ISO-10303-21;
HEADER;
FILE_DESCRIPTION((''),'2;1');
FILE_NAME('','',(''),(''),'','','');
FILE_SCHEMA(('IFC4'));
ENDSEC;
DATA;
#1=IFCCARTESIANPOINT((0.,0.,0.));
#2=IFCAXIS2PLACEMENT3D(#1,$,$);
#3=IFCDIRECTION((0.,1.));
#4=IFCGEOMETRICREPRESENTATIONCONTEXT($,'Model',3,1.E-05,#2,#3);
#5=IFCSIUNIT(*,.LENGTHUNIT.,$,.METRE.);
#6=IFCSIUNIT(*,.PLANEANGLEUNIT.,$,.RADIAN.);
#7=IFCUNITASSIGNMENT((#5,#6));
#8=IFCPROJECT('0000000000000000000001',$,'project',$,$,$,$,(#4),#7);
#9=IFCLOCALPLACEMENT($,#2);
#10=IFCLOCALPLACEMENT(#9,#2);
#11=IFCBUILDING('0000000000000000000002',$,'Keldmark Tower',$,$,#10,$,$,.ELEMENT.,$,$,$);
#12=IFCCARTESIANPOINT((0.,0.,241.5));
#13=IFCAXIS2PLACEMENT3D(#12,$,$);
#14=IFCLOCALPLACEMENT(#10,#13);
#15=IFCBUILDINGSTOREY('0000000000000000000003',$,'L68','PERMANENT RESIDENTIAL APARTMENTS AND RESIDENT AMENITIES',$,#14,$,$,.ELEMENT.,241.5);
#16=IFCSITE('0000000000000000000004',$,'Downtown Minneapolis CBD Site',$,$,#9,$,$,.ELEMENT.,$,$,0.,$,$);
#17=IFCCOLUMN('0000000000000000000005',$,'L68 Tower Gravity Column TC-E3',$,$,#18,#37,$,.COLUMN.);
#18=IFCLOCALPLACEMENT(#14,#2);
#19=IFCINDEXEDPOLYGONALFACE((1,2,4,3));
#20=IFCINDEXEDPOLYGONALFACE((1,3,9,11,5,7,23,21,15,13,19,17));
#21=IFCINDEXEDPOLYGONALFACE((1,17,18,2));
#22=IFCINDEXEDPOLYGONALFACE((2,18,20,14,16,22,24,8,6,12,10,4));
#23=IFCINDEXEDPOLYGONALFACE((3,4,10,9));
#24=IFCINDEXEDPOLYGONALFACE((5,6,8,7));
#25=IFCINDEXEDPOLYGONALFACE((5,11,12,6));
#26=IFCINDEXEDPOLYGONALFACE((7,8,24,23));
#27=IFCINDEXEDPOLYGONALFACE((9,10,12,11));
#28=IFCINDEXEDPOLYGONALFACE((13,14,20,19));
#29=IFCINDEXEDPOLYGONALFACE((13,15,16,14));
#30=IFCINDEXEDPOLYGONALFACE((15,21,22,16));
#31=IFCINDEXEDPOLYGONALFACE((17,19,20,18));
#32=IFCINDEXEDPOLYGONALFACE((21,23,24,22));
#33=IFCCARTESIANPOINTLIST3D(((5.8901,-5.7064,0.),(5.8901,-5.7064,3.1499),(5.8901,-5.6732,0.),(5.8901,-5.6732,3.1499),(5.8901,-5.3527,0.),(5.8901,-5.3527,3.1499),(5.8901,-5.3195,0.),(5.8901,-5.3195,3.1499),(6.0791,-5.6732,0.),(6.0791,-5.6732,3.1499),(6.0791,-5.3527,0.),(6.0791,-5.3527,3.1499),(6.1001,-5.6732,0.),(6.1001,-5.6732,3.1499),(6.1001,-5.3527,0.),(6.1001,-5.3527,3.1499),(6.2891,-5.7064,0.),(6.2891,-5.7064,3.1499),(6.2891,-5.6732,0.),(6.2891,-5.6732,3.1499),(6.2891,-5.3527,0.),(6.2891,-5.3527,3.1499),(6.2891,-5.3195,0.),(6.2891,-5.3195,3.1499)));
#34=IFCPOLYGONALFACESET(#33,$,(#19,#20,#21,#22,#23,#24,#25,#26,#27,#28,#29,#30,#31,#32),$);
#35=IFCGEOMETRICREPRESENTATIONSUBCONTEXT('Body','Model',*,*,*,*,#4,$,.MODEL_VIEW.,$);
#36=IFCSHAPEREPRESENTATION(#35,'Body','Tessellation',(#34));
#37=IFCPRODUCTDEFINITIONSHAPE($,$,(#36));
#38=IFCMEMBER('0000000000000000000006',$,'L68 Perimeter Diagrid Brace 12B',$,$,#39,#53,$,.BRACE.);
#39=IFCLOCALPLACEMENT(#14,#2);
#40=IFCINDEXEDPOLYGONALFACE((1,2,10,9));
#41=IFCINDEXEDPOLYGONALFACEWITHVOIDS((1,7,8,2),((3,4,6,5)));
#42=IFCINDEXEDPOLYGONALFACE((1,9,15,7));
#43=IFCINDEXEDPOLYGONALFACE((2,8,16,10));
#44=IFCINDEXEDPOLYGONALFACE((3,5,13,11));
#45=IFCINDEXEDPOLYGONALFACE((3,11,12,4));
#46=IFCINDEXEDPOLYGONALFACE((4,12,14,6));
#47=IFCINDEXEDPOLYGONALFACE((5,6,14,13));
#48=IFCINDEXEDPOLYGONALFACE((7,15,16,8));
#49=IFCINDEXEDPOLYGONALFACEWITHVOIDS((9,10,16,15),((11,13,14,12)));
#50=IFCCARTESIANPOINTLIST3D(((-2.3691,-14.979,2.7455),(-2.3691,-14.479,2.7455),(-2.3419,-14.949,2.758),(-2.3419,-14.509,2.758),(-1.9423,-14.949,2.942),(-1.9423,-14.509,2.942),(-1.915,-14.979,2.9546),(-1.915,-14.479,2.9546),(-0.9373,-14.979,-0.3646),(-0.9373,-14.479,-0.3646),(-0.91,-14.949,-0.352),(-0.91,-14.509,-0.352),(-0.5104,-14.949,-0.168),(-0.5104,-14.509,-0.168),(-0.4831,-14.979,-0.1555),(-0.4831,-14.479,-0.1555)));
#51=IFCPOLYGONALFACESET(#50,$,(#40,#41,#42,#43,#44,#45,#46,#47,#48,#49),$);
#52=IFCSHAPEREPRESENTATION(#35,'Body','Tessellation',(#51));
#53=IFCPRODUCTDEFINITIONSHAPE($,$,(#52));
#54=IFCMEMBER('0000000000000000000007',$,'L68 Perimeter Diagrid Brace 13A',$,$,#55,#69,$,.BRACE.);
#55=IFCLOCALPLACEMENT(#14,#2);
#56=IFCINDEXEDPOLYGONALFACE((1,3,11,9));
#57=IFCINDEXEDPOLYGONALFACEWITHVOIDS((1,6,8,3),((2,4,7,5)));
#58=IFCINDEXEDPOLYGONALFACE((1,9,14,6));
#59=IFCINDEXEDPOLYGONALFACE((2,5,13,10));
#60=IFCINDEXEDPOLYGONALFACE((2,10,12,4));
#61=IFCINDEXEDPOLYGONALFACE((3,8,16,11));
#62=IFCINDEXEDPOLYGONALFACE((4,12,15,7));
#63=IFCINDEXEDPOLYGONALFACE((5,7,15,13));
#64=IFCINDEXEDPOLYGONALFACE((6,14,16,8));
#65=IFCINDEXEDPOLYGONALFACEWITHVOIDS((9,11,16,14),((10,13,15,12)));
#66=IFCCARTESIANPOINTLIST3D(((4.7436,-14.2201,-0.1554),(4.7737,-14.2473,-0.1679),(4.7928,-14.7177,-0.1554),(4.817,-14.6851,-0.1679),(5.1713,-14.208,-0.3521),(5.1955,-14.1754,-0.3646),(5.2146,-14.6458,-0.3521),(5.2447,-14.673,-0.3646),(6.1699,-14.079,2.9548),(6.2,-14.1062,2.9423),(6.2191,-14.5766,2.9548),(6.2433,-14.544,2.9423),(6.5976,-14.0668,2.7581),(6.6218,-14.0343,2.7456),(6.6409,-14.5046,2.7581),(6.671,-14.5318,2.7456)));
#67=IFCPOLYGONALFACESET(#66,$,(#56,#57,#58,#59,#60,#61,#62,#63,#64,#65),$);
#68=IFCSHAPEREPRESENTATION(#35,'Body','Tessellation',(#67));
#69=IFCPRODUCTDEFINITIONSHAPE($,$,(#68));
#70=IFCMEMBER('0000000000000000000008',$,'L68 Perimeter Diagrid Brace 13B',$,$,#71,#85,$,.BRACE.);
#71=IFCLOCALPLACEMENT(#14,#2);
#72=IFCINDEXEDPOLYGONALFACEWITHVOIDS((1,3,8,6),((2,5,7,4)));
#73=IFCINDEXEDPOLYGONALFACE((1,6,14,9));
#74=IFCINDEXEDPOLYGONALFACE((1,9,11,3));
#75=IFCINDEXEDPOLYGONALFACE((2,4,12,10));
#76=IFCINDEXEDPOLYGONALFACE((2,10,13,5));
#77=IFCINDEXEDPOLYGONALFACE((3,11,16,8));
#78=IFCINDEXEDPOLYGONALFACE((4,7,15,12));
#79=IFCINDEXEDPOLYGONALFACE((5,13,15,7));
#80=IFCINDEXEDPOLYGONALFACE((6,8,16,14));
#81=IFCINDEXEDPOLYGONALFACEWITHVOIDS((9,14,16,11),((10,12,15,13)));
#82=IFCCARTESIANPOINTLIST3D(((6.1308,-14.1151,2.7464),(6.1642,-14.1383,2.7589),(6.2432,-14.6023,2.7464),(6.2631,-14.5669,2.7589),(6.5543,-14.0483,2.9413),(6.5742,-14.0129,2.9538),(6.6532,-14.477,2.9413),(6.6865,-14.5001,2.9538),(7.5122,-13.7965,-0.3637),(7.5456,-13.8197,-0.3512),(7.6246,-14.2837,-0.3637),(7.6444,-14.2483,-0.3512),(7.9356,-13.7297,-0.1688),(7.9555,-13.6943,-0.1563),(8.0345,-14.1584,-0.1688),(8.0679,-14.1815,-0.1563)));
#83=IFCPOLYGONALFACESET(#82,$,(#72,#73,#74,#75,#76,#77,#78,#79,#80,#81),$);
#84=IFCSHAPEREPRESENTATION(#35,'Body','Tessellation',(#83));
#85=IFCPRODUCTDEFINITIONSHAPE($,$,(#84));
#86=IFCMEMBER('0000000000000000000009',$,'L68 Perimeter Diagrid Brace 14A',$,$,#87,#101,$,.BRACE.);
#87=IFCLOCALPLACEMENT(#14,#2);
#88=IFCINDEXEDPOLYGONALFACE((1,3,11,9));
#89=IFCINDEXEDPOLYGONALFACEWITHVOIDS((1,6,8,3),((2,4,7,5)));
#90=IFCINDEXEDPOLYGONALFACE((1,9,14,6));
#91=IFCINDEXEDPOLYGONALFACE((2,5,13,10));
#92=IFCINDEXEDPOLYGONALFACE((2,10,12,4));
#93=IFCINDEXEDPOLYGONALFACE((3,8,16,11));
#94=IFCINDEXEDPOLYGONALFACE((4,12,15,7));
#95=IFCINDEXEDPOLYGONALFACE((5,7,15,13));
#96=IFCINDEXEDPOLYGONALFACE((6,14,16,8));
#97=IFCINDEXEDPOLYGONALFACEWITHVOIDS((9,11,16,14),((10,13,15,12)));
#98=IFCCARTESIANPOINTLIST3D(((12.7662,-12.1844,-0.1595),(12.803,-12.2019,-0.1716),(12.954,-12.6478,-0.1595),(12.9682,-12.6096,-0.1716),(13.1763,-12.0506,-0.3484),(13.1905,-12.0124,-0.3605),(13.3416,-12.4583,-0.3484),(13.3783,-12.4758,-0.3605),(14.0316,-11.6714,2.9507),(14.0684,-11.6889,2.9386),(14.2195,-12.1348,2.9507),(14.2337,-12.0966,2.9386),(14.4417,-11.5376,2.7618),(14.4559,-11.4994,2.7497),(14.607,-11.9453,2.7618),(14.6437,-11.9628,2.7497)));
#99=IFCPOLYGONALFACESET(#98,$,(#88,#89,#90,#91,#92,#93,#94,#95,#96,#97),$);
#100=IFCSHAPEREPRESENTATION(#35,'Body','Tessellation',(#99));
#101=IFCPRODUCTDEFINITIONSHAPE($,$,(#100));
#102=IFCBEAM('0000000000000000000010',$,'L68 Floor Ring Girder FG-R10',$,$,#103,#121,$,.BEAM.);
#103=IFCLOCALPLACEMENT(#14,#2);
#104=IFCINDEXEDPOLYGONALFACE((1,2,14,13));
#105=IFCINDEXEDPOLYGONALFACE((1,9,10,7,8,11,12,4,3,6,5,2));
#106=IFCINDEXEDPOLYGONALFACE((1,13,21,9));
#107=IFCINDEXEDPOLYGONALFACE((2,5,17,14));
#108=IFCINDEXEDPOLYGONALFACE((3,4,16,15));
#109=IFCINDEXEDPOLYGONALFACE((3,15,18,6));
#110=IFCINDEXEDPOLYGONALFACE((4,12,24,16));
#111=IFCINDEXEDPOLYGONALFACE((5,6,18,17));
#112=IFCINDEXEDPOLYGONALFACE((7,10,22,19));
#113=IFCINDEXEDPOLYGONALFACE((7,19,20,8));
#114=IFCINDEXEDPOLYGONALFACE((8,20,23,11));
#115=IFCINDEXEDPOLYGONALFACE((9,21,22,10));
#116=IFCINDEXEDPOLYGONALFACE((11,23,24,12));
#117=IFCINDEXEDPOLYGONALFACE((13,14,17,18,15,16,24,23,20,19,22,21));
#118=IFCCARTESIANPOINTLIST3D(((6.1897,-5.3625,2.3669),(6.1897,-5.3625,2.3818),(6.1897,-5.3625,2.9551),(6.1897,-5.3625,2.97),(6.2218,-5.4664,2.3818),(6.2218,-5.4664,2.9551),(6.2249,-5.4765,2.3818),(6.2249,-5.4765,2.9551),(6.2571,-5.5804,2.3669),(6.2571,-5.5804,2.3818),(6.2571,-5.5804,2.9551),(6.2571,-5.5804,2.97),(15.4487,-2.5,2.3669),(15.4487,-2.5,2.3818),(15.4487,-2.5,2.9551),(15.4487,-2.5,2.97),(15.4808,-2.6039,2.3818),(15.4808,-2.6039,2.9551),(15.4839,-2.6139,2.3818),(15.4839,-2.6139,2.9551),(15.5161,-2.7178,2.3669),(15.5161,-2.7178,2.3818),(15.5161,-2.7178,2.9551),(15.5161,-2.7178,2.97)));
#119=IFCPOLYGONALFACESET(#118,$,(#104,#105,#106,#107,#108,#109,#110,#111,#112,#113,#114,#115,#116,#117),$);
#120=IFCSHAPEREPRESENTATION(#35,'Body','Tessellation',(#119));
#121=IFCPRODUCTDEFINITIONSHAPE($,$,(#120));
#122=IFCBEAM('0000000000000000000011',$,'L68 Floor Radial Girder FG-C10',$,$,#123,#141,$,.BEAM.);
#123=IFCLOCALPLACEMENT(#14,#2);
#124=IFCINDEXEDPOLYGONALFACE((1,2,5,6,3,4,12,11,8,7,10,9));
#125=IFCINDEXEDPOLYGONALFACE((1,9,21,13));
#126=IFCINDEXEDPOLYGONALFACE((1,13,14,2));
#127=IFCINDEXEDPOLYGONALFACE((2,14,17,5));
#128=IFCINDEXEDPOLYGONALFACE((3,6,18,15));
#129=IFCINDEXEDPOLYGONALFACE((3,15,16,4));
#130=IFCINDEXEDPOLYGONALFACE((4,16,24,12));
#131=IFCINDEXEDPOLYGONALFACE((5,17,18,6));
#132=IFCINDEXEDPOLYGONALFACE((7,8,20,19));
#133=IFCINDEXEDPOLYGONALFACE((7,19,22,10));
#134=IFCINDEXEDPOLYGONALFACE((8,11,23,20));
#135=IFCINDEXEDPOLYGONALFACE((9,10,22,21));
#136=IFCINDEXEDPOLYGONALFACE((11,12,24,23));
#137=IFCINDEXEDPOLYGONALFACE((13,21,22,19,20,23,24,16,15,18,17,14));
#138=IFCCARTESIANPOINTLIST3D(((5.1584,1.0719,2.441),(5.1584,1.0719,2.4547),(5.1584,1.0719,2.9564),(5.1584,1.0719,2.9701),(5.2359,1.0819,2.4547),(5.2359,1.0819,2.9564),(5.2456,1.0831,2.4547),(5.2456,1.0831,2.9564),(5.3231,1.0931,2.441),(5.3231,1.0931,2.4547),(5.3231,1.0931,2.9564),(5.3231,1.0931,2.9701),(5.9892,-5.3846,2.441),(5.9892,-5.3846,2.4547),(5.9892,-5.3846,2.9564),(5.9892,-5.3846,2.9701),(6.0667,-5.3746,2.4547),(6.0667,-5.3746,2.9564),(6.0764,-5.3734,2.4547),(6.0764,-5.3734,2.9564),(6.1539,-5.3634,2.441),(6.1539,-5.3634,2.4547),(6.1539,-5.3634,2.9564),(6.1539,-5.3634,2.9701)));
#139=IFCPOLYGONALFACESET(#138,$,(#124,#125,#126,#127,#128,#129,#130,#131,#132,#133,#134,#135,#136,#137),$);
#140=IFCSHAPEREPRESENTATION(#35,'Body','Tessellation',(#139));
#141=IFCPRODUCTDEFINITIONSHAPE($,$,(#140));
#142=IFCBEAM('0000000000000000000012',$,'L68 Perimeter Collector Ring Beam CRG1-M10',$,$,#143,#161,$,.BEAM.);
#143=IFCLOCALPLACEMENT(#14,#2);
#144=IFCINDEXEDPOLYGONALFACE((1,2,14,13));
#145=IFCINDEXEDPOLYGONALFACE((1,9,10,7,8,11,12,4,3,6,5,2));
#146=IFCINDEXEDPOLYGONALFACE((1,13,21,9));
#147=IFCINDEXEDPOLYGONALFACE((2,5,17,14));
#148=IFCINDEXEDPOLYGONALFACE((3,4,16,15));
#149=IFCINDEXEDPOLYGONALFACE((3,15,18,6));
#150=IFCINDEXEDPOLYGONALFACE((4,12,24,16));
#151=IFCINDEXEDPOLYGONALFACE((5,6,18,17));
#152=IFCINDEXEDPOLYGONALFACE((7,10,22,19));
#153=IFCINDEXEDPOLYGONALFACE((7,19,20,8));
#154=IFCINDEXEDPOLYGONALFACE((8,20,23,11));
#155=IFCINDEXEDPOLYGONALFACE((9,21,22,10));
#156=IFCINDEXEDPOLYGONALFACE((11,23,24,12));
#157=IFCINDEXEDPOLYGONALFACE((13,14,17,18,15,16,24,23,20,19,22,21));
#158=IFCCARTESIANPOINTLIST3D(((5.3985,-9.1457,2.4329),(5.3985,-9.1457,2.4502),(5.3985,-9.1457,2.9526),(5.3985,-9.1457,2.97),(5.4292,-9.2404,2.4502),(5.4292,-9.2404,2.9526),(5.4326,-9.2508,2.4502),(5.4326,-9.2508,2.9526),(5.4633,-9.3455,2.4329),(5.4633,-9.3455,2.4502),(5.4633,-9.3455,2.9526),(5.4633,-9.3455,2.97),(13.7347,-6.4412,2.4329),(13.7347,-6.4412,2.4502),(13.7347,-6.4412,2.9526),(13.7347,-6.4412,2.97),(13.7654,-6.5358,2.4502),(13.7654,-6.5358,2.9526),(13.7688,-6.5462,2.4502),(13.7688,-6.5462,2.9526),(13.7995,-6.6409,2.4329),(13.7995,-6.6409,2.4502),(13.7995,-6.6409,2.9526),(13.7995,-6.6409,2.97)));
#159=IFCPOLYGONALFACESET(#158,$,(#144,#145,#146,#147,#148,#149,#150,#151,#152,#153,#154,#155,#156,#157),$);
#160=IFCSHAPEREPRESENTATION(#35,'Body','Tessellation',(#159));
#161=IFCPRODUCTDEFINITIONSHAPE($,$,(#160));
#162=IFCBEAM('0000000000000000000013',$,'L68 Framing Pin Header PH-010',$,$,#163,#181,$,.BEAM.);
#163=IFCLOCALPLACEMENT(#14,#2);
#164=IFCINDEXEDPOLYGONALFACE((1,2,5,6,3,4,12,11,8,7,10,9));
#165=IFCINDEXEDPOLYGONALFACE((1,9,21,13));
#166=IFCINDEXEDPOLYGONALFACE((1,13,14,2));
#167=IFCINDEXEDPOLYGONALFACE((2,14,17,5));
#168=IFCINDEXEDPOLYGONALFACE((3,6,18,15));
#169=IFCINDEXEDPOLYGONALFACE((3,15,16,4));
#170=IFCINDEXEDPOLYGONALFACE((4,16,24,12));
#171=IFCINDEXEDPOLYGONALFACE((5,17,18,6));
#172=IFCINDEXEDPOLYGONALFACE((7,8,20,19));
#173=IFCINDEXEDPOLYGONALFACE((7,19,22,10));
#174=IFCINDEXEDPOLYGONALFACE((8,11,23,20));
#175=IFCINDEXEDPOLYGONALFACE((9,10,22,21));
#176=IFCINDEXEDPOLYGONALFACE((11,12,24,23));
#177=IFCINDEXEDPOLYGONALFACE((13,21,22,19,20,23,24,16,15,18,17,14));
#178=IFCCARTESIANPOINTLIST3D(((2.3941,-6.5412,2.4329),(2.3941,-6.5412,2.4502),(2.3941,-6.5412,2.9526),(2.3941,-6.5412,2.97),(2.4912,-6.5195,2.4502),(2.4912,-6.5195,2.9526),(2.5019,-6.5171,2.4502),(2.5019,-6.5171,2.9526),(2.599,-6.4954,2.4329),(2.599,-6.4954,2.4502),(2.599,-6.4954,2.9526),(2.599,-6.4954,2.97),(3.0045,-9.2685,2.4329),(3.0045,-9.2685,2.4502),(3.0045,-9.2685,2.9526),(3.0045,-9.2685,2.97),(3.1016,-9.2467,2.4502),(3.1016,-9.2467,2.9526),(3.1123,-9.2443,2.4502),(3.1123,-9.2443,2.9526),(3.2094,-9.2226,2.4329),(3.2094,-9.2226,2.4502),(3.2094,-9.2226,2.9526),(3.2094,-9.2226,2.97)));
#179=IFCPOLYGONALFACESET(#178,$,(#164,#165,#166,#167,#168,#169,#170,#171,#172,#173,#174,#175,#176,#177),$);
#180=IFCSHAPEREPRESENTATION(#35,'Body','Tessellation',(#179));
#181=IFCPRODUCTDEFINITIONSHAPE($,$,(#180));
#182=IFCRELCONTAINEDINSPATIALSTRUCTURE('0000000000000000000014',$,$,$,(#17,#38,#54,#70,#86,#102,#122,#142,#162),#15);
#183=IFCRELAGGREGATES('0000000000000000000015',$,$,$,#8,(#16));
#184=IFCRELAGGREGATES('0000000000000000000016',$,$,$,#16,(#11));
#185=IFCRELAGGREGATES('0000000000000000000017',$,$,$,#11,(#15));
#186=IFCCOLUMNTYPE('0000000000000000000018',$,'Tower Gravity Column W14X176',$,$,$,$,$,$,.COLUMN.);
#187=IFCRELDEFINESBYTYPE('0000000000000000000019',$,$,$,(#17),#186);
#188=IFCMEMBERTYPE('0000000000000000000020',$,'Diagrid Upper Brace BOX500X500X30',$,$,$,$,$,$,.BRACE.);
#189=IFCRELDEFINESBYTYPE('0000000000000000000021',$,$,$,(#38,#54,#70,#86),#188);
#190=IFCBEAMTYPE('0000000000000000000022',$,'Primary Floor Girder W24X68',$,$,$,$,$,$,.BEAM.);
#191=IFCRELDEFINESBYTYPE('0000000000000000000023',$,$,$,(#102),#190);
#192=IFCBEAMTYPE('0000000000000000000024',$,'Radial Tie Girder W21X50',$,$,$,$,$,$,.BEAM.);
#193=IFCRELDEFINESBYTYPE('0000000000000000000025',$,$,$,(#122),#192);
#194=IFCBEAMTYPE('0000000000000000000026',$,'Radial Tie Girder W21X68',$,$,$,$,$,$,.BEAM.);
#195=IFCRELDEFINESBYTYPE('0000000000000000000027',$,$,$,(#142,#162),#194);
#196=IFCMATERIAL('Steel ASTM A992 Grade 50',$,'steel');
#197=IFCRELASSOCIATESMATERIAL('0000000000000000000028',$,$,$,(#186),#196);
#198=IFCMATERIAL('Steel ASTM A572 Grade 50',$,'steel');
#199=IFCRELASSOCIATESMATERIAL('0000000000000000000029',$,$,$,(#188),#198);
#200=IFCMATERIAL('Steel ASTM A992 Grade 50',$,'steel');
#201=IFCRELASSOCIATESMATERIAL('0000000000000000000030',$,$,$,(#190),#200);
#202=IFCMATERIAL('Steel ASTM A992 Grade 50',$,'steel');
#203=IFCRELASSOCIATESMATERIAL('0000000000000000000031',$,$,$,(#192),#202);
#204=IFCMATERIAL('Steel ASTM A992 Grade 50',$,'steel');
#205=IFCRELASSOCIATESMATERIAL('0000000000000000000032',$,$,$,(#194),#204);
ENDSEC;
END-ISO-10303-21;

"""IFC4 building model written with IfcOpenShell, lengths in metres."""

from ifc_helpers import new_model, si_unit, direction, frame, origin, origin_2d, place, context, subcontext, project, spatial, hollow_rectangle, i_section, extrude, material, material_profile, profile_set, type_object, element, save


model = new_model("IFC4")

# Units and contexts
model_context = context("Model", 3, precision=1e-05, world=origin(), true_north=direction((0.0, 1.0)))
body_context = subcontext(model_context, "Body", "Model", "MODEL_VIEW")
ifc_project = project(units=[si_unit("LENGTHUNIT", "METRE"), si_unit("PLANEANGLEUNIT", "RADIAN")], contexts=[model_context])

# Site, building, storey
site_placement = place(None, origin())
site = spatial("IfcSite", under=ifc_project, at=site_placement, Name="Downtown Minneapolis CBD Site", CompositionType="ELEMENT", RefElevation=0.0)
building_placement = place(site_placement, origin())
building = spatial("IfcBuilding", under=site, at=building_placement, Name="Keldmark Tower", CompositionType="ELEMENT")
storey_placement = place(building_placement, frame((0.0, 0.0, 241.5)))
storey = spatial("IfcBuildingStorey", under=building, at=storey_placement, Name="L68", Description="PERMANENT RESIDENTIAL APARTMENTS AND RESIDENT AMENITIES", CompositionType="ELEMENT", Elevation=241.5)

# Column
ifc_material_1 = material(Name="Steel ASTM A992 Grade 50", Category="steel")
ifc_material_profile_1 = material_profile(ifc_material_1, i_section(OverallWidth=0.3989, OverallDepth=0.387, WebThickness=0.021, FlangeThickness=0.0332, at=origin_2d()), Name="W14X176")
ifc_profile_set_1 = profile_set([ifc_material_profile_1], Name="Steel ASTM A992 Grade 50")
column_type = type_object("IfcColumnType", Name="Tower Gravity Column W14X176", PredefinedType="COLUMN", material=ifc_profile_set_1)
column_placement = place(storey_placement, frame((6.0896, -5.5129, 0.0), z_axis=(0.0, 0.0, 1.0), x_axis=(1.0, 0.0, 0.0)))
element("IfcColumn", 1, at=column_placement, inside=storey, type_object=column_type, Name="L68 Tower Gravity Column TC-E3", PredefinedType="COLUMN", context=body_context, shape_type="SweptSolid", body=[
    extrude(i_section(OverallWidth=0.3989, OverallDepth=0.387, WebThickness=0.021, FlangeThickness=0.0332, at=origin_2d()), origin(), (0.0, 0.0, 1.0), 3.1499),
])

# Members
ifc_material_2 = material(Name="Steel ASTM A572 Grade 50", Category="steel")
ifc_material_profile_2 = material_profile(ifc_material_2, hollow_rectangle(XDim=0.5, YDim=0.5, WallThickness=0.03, at=origin_2d()), Name="BOX500X500X30")
ifc_profile_set_2 = profile_set([ifc_material_profile_2], Name="Steel ASTM A572 Grade 50")
member_type = type_object("IfcMemberType", Name="Diagrid Upper Brace BOX500X500X30", PredefinedType="BRACE", material=ifc_profile_set_2)
member_1_placement = place(storey_placement, frame((-0.7102, -14.729, -0.26), z_axis=(-0.418203, 0.0, 0.908353), x_axis=(0.0, -1.0, 0.0)))
element("IfcMember", 2, at=member_1_placement, inside=storey, type_object=member_type, Name="L68 Perimeter Diagrid Brace 12B", PredefinedType="BRACE", context=body_context, shape_type="SweptSolid", body=[
    extrude(hollow_rectangle(XDim=0.5, YDim=0.5, WallThickness=0.03, at=origin_2d()), origin(), (0.0, 0.0, 1.0), 3.4238),
])
member_2_placement = place(storey_placement, frame((4.9941, -14.4465, -0.26), z_axis=(0.416495, 0.041207, 0.908204), x_axis=(-0.098458, 0.995141, 0.0)))
element("IfcMember", 3, at=member_2_placement, inside=storey, type_object=member_type, Name="L68 Perimeter Diagrid Brace 13A", PredefinedType="BRACE", context=body_context, shape_type="SweptSolid", body=[
    extrude(hollow_rectangle(XDim=0.5, YDim=0.5, WallThickness=0.03, at=origin_2d()), origin(), (0.0, 0.0, 1.0), 3.4246),
])
member_3_placement = place(storey_placement, frame((7.79, -13.989, -0.26), z_axis=(-0.404145, -0.093215, 0.909933), x_axis=(0.224746, -0.974417, 0.0)))
element("IfcMember", 4, at=member_3_placement, inside=storey, type_object=member_type, Name="L68 Perimeter Diagrid Brace 13B", PredefinedType="BRACE", context=body_context, shape_type="SweptSolid", body=[
    extrude(hollow_rectangle(XDim=0.5, YDim=0.5, WallThickness=0.03, at=origin_2d()), origin(), (0.0, 0.0, 1.0), 3.418),
])
member_4_placement = place(storey_placement, frame((13.0723, -12.3301, -0.26), z_axis=(0.372541, 0.151014, 0.915646), x_axis=(-0.375672, 0.926753, 0.0)))
element("IfcMember", 5, at=member_4_placement, inside=storey, type_object=member_type, Name="L68 Perimeter Diagrid Brace 14A", PredefinedType="BRACE", context=body_context, shape_type="SweptSolid", body=[
    extrude(hollow_rectangle(XDim=0.5, YDim=0.5, WallThickness=0.03, at=origin_2d()), origin(), (0.0, 0.0, 1.0), 3.3967),
])

# Beams
ifc_material_3 = material(Name="Steel ASTM A992 Grade 50", Category="steel")
ifc_material_profile_3 = material_profile(ifc_material_3, i_section(OverallWidth=0.228, OverallDepth=0.603, WebThickness=0.0105, FlangeThickness=0.0149, at=origin_2d()), Name="W24X68")
ifc_profile_set_3 = profile_set([ifc_material_profile_3], Name="Steel ASTM A992 Grade 50")
beam_type_1 = type_object("IfcBeamType", Name="Primary Floor Girder W24X68", PredefinedType="BEAM", material=ifc_profile_set_3)
beam_1_placement = place(storey_placement, frame((6.2234, -5.4714, 2.6685), z_axis=(0.955383, 0.295369, 0.0), x_axis=(-0.295369, 0.955383, 0.0)))
element("IfcBeam", 6, at=beam_1_placement, inside=storey, type_object=beam_type_1, Name="L68 Floor Ring Girder FG-R10", PredefinedType="BEAM", context=body_context, shape_type="SweptSolid", body=[
    extrude(i_section(OverallWidth=0.228, OverallDepth=0.603, WebThickness=0.0105, FlangeThickness=0.0149, at=origin_2d()), origin(), (0.0, 0.0, 1.0), 9.6914),
])
ifc_material_4 = material(Name="Steel ASTM A992 Grade 50", Category="steel")
ifc_material_profile_4 = material_profile(ifc_material_4, i_section(OverallWidth=0.166, OverallDepth=0.5291, WebThickness=0.0098, FlangeThickness=0.0137, at=origin_2d()), Name="W21X50")
ifc_profile_set_4 = profile_set([ifc_material_profile_4], Name="Steel ASTM A992 Grade 50")
beam_type_2 = type_object("IfcBeamType", Name="Radial Tie Girder W21X50", PredefinedType="BEAM", material=ifc_profile_set_4)
beam_2_placement = place(storey_placement, frame((6.0715, -5.374, 2.7056), z_axis=(-0.127625, 0.991822, 0.0), x_axis=(-0.991822, -0.127625, 0.0)))
element("IfcBeam", 7, at=beam_2_placement, inside=storey, type_object=beam_type_2, Name="L68 Floor Radial Girder FG-C10", PredefinedType="BEAM", context=body_context, shape_type="SweptSolid", body=[
    extrude(i_section(OverallWidth=0.166, OverallDepth=0.5291, WebThickness=0.0098, FlangeThickness=0.0137, at=origin_2d()), origin(), (0.0, 0.0, 1.0), 6.5098),
])
ifc_material_5 = material(Name="Steel ASTM A992 Grade 50", Category="steel")
ifc_material_profile_5 = material_profile(ifc_material_5, i_section(OverallWidth=0.21, OverallDepth=0.5371, WebThickness=0.011, FlangeThickness=0.0173, at=origin_2d()), Name="W21X68")
ifc_profile_set_5 = profile_set([ifc_material_profile_5], Name="Steel ASTM A992 Grade 50")
beam_type_3 = type_object("IfcBeamType", Name="Radial Tie Girder W21X68", PredefinedType="BEAM", material=ifc_profile_set_5)
beam_3_placement = place(storey_placement, frame((5.4309, -9.2456, 2.7014), z_axis=(0.951191, 0.308604, 0.0), x_axis=(-0.308604, 0.951191, 0.0)))
element("IfcBeam", 8, at=beam_3_placement, inside=storey, type_object=beam_type_3, Name="L68 Perimeter Collector Ring Beam CRG1-M10", PredefinedType="BEAM", context=body_context, shape_type="SweptSolid", body=[
    extrude(i_section(OverallWidth=0.21, OverallDepth=0.5371, WebThickness=0.011, FlangeThickness=0.0173, at=origin_2d()), origin(), (0.0, 0.0, 1.0), 8.7639),
])
beam_4_placement = place(storey_placement, frame((2.4966, -6.5183, 2.7014), z_axis=(0.218392, -0.975861, 0.0), x_axis=(0.975861, 0.218392, 0.0)))
element("IfcBeam", 9, at=beam_4_placement, inside=storey, type_object=beam_type_3, Name="L68 Framing Pin Header PH-010", PredefinedType="BEAM", context=body_context, shape_type="SweptSolid", body=[
    extrude(i_section(OverallWidth=0.21, OverallDepth=0.5371, WebThickness=0.011, FlangeThickness=0.0173, at=origin_2d()), origin(), (0.0, 0.0, 1.0), 2.7947),
])

save(model, "model.ifc")
